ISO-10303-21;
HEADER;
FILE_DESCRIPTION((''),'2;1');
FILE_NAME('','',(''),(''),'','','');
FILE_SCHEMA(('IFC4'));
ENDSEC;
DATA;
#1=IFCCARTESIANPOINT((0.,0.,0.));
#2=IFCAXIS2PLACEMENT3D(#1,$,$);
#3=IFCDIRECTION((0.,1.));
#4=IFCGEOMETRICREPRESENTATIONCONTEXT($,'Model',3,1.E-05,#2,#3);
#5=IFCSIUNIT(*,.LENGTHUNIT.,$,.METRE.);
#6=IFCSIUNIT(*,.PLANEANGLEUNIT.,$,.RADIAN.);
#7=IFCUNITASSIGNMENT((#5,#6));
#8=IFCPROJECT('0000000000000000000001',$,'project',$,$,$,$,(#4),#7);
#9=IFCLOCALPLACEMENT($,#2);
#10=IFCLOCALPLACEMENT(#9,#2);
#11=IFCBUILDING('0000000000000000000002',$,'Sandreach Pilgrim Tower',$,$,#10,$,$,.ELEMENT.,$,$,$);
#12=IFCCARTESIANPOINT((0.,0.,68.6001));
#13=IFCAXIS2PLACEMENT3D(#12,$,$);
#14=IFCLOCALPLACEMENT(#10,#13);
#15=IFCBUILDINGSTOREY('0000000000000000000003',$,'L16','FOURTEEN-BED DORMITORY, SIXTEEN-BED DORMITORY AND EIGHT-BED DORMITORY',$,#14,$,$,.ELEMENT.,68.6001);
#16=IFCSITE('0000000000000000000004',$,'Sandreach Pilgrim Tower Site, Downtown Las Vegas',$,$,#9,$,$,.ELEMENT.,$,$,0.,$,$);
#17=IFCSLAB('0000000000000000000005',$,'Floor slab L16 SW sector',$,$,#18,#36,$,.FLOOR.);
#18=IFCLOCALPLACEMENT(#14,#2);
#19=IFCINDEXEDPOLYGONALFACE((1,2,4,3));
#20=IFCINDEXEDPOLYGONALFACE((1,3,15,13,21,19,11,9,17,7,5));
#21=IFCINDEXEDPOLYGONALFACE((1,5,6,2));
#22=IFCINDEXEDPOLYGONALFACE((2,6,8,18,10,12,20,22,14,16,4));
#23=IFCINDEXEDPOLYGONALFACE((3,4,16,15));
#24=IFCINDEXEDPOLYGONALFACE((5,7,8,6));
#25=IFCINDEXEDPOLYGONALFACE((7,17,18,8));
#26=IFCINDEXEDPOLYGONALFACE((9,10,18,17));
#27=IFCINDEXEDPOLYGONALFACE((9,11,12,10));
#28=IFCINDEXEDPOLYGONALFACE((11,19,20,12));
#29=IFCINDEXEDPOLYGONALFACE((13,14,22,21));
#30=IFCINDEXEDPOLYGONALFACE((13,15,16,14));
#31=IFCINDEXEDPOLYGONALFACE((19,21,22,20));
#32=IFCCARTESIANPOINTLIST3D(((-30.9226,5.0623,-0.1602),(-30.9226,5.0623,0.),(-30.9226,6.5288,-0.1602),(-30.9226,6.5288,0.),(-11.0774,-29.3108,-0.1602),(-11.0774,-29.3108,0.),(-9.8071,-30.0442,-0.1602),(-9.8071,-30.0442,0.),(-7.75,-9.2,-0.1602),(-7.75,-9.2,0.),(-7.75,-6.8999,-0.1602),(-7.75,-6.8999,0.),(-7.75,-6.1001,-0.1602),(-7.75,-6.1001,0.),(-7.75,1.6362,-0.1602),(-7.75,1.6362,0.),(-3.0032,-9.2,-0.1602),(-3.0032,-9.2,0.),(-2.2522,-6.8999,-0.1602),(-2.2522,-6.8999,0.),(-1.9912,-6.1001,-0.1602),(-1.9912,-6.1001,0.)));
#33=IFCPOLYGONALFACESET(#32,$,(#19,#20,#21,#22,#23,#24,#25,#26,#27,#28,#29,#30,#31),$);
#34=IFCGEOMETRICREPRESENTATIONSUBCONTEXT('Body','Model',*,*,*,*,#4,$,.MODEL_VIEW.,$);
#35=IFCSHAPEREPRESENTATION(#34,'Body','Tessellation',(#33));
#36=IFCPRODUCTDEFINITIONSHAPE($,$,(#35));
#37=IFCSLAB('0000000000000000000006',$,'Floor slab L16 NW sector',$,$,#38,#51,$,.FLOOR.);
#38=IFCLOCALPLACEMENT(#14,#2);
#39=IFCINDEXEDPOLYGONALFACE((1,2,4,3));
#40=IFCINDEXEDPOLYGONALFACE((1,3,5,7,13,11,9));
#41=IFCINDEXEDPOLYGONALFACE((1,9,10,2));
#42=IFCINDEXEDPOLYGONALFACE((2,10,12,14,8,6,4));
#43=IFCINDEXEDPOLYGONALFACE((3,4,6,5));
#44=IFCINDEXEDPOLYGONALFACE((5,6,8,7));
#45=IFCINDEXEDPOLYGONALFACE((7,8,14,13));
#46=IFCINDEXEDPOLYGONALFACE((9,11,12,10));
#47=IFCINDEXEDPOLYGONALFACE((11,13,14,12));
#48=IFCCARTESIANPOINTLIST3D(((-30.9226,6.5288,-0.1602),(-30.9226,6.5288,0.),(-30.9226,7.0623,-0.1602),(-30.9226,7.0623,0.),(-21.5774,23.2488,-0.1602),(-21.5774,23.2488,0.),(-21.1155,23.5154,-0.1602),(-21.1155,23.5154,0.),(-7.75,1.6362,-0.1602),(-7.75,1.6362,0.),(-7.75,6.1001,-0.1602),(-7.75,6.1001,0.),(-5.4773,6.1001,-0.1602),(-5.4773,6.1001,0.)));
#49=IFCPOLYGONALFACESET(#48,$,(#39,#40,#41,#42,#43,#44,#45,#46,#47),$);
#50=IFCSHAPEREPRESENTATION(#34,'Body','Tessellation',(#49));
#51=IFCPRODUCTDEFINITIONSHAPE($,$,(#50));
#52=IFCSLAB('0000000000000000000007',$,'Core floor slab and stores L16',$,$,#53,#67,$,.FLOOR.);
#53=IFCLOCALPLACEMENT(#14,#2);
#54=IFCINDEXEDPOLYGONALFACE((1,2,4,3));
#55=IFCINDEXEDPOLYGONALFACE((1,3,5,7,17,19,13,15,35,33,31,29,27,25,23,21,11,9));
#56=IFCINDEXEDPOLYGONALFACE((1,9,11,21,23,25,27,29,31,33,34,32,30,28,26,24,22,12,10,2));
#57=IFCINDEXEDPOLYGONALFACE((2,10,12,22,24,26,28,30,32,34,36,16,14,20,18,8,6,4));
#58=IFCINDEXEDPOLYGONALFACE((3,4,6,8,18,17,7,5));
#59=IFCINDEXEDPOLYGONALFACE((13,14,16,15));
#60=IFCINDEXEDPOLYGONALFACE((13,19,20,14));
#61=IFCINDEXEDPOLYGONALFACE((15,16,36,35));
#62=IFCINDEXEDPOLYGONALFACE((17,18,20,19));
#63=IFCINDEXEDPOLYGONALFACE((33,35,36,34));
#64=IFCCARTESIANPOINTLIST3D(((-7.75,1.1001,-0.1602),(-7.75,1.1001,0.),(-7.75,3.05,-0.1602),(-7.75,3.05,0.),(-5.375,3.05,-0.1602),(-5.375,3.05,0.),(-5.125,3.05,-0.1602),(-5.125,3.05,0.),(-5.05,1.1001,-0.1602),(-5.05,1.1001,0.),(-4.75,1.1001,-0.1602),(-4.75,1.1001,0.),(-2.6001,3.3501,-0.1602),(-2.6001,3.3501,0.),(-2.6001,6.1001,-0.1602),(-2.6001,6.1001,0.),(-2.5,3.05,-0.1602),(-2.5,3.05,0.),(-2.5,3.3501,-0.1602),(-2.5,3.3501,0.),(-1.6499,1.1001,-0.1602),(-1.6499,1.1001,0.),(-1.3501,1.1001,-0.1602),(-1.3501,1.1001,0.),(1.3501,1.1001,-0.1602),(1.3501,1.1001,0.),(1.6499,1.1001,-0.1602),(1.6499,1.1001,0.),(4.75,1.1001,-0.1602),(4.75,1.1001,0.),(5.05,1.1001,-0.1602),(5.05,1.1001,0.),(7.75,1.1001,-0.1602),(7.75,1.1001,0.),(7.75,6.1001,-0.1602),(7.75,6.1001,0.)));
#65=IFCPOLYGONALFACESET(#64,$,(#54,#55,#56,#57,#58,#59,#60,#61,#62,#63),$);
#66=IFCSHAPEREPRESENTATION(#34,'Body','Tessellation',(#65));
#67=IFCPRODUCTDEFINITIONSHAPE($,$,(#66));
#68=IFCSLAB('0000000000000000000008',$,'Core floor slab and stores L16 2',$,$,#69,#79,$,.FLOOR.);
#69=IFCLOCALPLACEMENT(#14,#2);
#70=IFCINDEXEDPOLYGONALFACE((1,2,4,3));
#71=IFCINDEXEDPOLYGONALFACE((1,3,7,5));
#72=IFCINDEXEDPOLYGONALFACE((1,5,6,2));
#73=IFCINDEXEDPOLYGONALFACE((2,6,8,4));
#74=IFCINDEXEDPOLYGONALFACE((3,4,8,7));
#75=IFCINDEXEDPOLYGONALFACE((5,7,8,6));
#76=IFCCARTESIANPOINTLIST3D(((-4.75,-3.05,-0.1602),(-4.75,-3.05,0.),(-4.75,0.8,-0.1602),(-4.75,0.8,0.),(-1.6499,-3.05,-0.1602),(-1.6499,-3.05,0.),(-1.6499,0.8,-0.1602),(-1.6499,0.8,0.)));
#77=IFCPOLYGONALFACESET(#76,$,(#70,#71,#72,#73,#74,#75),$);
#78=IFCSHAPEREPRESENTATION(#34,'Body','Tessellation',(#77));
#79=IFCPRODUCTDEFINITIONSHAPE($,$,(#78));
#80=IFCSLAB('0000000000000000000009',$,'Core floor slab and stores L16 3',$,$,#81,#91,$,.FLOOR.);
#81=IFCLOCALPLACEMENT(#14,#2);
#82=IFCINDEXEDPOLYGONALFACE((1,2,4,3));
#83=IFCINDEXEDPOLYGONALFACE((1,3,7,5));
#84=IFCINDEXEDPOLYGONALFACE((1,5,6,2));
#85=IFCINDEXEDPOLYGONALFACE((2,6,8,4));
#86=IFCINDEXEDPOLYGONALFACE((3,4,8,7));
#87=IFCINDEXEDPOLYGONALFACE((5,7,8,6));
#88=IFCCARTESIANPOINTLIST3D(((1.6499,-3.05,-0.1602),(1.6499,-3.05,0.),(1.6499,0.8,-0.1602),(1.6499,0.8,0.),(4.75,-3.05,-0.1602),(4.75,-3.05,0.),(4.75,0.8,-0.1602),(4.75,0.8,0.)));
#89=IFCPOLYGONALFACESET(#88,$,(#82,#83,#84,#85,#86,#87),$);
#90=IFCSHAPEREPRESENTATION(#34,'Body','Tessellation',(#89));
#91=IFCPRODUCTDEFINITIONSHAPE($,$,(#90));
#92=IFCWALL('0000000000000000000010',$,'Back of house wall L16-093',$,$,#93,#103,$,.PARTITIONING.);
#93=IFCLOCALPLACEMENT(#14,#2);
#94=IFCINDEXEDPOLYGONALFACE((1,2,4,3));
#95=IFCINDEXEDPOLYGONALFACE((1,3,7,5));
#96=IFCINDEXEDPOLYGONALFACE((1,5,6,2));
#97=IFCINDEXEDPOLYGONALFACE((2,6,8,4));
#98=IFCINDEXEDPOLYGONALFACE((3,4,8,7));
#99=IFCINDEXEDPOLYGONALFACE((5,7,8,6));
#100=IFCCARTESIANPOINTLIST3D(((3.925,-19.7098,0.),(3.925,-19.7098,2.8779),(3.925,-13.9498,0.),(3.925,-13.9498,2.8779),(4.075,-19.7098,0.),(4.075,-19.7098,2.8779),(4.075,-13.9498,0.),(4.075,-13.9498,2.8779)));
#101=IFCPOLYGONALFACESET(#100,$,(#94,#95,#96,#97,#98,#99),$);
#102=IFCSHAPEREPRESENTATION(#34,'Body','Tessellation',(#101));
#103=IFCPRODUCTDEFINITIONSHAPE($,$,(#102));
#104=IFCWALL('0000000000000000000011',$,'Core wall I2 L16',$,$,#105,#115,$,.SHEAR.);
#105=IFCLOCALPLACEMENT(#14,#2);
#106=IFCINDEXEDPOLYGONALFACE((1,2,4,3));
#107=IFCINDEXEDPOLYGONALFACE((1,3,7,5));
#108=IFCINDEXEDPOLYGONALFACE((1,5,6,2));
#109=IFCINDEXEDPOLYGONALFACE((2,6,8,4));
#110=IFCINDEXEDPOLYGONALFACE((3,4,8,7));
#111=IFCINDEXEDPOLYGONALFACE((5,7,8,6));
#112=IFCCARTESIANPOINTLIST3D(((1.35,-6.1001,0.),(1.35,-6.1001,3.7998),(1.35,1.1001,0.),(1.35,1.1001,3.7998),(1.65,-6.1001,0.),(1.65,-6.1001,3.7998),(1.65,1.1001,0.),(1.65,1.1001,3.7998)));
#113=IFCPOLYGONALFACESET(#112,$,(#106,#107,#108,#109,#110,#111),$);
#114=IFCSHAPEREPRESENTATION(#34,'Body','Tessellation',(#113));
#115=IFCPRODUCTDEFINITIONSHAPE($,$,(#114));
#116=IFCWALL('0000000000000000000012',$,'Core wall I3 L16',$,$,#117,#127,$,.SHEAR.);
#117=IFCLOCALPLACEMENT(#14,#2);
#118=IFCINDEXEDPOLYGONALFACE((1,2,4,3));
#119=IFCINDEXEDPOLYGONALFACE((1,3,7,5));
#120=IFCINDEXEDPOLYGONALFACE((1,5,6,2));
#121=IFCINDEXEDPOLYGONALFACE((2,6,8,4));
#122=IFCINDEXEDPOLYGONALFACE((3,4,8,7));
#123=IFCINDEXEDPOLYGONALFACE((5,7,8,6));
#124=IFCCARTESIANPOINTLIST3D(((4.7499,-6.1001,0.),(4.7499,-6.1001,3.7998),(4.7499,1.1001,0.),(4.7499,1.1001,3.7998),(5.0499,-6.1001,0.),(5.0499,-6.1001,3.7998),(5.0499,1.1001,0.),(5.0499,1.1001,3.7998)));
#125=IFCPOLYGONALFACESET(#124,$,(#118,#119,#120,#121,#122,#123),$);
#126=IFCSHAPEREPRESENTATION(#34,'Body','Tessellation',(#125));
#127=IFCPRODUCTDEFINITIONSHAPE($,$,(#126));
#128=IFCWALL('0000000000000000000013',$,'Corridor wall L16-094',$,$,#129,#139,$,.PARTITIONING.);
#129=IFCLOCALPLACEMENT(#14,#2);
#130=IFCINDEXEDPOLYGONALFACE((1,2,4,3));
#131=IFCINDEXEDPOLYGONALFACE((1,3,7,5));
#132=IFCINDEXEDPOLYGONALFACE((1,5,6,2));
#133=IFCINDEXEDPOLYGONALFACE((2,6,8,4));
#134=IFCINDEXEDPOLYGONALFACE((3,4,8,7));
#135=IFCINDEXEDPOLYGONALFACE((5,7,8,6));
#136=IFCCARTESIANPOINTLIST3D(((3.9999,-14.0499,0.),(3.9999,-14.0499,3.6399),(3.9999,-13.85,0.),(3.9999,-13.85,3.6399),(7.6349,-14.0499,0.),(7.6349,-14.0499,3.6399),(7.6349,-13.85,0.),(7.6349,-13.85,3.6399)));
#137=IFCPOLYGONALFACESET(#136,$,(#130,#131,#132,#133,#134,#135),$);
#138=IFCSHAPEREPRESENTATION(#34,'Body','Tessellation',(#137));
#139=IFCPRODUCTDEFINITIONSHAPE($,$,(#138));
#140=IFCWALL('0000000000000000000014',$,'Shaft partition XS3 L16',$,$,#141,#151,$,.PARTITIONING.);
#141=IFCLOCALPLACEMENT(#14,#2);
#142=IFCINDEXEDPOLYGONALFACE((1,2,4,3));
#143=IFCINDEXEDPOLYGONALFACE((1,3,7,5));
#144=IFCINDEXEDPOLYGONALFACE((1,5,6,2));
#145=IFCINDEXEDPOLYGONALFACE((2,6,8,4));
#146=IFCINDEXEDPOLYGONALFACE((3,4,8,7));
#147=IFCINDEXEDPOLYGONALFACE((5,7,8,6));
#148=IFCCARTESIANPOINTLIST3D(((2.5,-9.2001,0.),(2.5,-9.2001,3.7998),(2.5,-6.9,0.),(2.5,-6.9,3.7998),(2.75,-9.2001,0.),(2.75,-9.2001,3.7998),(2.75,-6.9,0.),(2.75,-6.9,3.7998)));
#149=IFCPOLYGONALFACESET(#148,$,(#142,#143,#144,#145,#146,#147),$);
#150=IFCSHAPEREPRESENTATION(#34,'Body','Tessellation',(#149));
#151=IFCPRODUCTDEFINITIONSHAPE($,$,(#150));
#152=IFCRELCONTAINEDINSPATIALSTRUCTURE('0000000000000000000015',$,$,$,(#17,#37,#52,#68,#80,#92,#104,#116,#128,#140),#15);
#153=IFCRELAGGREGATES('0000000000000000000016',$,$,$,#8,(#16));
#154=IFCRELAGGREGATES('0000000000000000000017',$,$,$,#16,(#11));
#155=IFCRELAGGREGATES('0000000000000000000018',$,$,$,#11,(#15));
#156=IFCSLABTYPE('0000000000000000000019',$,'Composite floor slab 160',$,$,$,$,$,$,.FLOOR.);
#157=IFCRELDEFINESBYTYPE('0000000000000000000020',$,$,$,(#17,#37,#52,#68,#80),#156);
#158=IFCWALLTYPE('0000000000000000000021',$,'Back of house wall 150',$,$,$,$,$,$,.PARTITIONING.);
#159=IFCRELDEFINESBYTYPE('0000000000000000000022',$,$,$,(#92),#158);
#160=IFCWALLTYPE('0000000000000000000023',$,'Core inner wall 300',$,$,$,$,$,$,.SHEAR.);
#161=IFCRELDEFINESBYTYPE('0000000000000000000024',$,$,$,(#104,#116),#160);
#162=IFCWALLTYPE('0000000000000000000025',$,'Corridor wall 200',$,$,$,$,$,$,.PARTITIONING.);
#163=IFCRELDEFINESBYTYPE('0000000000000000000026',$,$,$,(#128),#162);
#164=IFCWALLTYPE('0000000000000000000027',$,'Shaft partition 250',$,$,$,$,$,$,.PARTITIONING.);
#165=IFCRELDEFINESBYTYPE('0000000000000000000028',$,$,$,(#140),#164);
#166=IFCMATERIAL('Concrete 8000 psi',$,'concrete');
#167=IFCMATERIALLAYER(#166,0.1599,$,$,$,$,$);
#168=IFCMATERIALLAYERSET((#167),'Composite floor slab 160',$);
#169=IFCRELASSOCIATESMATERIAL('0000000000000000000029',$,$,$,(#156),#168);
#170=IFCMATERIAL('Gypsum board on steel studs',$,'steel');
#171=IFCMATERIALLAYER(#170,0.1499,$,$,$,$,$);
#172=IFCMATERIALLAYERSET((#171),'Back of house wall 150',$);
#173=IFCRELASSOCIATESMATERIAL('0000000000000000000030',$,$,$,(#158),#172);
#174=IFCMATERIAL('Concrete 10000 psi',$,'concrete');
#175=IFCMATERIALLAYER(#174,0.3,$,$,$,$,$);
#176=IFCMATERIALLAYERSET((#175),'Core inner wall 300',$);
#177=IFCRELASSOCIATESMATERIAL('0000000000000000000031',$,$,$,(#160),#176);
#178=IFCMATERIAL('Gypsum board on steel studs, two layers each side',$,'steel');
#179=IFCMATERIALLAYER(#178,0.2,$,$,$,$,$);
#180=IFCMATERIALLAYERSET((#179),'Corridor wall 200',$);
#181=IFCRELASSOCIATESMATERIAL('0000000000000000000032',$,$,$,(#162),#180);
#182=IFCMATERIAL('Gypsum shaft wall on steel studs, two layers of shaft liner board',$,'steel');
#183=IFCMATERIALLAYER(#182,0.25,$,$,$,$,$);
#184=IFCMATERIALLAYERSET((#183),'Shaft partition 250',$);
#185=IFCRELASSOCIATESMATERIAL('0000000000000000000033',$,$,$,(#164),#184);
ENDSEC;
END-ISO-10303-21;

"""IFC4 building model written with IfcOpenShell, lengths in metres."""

from ifc_helpers import new_model, si_unit, direction, frame, frame_2d, origin, place, context, subcontext, project, spatial, polyline, rectangle, outline, extrude, material, layer, layer_set, type_object, element, save


model = new_model("IFC4")

# Units and contexts
model_context = context("Model", 3, precision=1e-05, world=origin(), true_north=direction((0.0, 1.0)))
body_context = subcontext(model_context, "Body", "Model", "MODEL_VIEW")
ifc_project = project(units=[si_unit("LENGTHUNIT", "METRE"), si_unit("PLANEANGLEUNIT", "RADIAN")], contexts=[model_context])

# Site, building, storey
site_placement = place(None, origin())
site = spatial("IfcSite", under=ifc_project, at=site_placement, Name="Sandreach Pilgrim Tower Site, Downtown Las Vegas", CompositionType="ELEMENT", RefElevation=0.0)
building_placement = place(site_placement, origin())
building = spatial("IfcBuilding", under=site, at=building_placement, Name="Sandreach Pilgrim Tower", CompositionType="ELEMENT")
storey_placement = place(building_placement, frame((0.0, 0.0, 68.6001)))
storey = spatial("IfcBuildingStorey", under=building, at=storey_placement, Name="L16", Description="FOURTEEN-BED DORMITORY, SIXTEEN-BED DORMITORY AND EIGHT-BED DORMITORY", CompositionType="ELEMENT", Elevation=68.6001)

# Slabs
ifc_material_1 = material(Name="Concrete 8000 psi", Category="concrete")
ifc_layer_1 = layer(ifc_material_1, 0.1599)
ifc_layer_set_1 = layer_set([ifc_layer_1], Name="Composite floor slab 160")
slab_type = type_object("IfcSlabType", Name="Composite floor slab 160", PredefinedType="FLOOR", material=ifc_layer_set_1)
slab_1_placement = place(storey_placement, frame((0.0, 0.0, -0.1602)))
element("IfcSlab", 1, at=slab_1_placement, inside=storey, type_object=slab_type, Name="Floor slab L16 SW sector", PredefinedType="FLOOR", context=body_context, shape_type="SweptSolid", body=[
    extrude(outline(polyline([(-11.0774, -29.3108), (-30.9226, 5.0623), (-30.9226, 6.5288), (-7.75, 1.6362), (-7.75, -6.1001), (-1.9912, -6.1001), (-2.2522, -6.8999), (-7.75, -6.8999), (-7.75, -9.2), (-3.0032, -9.2), (-9.8071, -30.0442), (-11.0774, -29.3108)])), origin(), (0.0, 0.0, 1.0), 0.1602),
])
slab_2_placement = place(storey_placement, frame((0.0, 0.0, -0.1602)))
element("IfcSlab", 2, at=slab_2_placement, inside=storey, type_object=slab_type, Name="Floor slab L16 NW sector", PredefinedType="FLOOR", context=body_context, shape_type="SweptSolid", body=[
    extrude(outline(polyline([(-30.9226, 7.0623), (-21.5774, 23.2488), (-21.1155, 23.5154), (-5.4773, 6.1001), (-7.75, 6.1001), (-7.75, 1.6362), (-30.9226, 6.5288), (-30.9226, 7.0623)])), origin(), (0.0, 0.0, 1.0), 0.1602),
])
slab_3_placement = place(storey_placement, frame((0.0, 0.0, -0.1602)))
element("IfcSlab", 3, at=slab_3_placement, inside=storey, type_object=slab_type, Name="Core floor slab and stores L16", PredefinedType="FLOOR", context=body_context, shape_type="SweptSolid", body=[
    extrude(outline(polyline([(-7.75, 3.05), (-5.375, 3.05), (-5.125, 3.05), (-2.5, 3.05), (-2.5, 3.3501), (-2.6001, 3.3501), (-2.6001, 6.1001), (7.75, 6.1001), (7.75, 1.1001), (5.05, 1.1001), (4.75, 1.1001), (1.6499, 1.1001), (1.3501, 1.1001), (-1.3501, 1.1001), (-1.6499, 1.1001), (-4.75, 1.1001), (-5.05, 1.1001), (-7.75, 1.1001), (-7.75, 3.05)])), origin(), (0.0, 0.0, 1.0), 0.1602),
])
slab_4_placement = place(storey_placement, frame((0.0, 0.0, -0.1602)))
element("IfcSlab", 4, at=slab_4_placement, inside=storey, type_object=slab_type, Name="Core floor slab and stores L16 2", PredefinedType="FLOOR", context=body_context, shape_type="SweptSolid", body=[
    extrude(outline(polyline([(-1.6499, -3.05), (-4.75, -3.05), (-4.75, 0.8), (-1.6499, 0.8), (-1.6499, -3.05)])), origin(), (0.0, 0.0, 1.0), 0.1602),
])
slab_5_placement = place(storey_placement, frame((0.0, 0.0, -0.1602)))
element("IfcSlab", 5, at=slab_5_placement, inside=storey, type_object=slab_type, Name="Core floor slab and stores L16 3", PredefinedType="FLOOR", context=body_context, shape_type="SweptSolid", body=[
    extrude(outline(polyline([(4.75, -3.05), (1.6499, -3.05), (1.6499, 0.8), (4.75, 0.8), (4.75, -3.05)])), origin(), (0.0, 0.0, 1.0), 0.1602),
])

# Walls
ifc_material_2 = material(Name="Gypsum board on steel studs", Category="steel")
ifc_layer_2 = layer(ifc_material_2, 0.1499)
ifc_layer_set_2 = layer_set([ifc_layer_2], Name="Back of house wall 150")
wall_type_1 = type_object("IfcWallType", Name="Back of house wall 150", PredefinedType="PARTITIONING", material=ifc_layer_set_2)
wall_1_placement = place(storey_placement, frame((4.0, -13.95, 0.0), z_axis=(0.0, 0.0, 1.0), x_axis=(0.0, -1.0, 0.0)))
element("IfcWall", 6, at=wall_1_placement, inside=storey, type_object=wall_type_1, Name="Back of house wall L16-093", PredefinedType="PARTITIONING", context=body_context, shape_type="SweptSolid", body=[
    extrude(rectangle(XDim=5.76, YDim=0.1499, at=frame_2d((2.8799, 0.0))), origin(), (0.0, 0.0, 1.0), 2.8779),
])
ifc_material_3 = material(Name="Concrete 10000 psi", Category="concrete")
ifc_layer_3 = layer(ifc_material_3, 0.3)
ifc_layer_set_3 = layer_set([ifc_layer_3], Name="Core inner wall 300")
wall_type_2 = type_object("IfcWallType", Name="Core inner wall 300", PredefinedType="SHEAR", material=ifc_layer_set_3)
for number, where, z_axis, x_axis, name in (
    (7, (1.5, -6.1001, 0.0), (0.0, 0.0, 1.0), (0.0, 1.0, 0.0), "Core wall I2 L16"),
    (8, (4.8999, -6.1001, 0.0), (0.0, 0.0, 1.0), (0.0, 1.0, 0.0), "Core wall I3 L16"),
):
    element("IfcWall", number, at=place(storey_placement, frame(where, z_axis=z_axis, x_axis=x_axis)), inside=storey, type_object=wall_type_2, Name=name, PredefinedType="SHEAR", context=body_context, shape_type="SweptSolid", body=[
        extrude(rectangle(XDim=7.2002, YDim=0.3, at=frame_2d((3.6001, 0.0))), origin(), (0.0, 0.0, 1.0), 3.7998),
    ])

# Shared definitions
ifc_material_4 = material(Name="Gypsum board on steel studs, two layers each side", Category="steel")
ifc_layer_4 = layer(ifc_material_4, 0.2)
ifc_layer_set_4 = layer_set([ifc_layer_4], Name="Corridor wall 200")
wall_type_3 = type_object("IfcWallType", Name="Corridor wall 200", PredefinedType="PARTITIONING", material=ifc_layer_set_4)

# Walls
wall_2_placement = place(storey_placement, frame((4.0, -13.95, 0.0), z_axis=(0.0, 0.0, 1.0), x_axis=(1.0, 0.0, 0.0)))
element("IfcWall", 9, at=wall_2_placement, inside=storey, type_object=wall_type_3, Name="Corridor wall L16-094", PredefinedType="PARTITIONING", context=body_context, shape_type="SweptSolid", body=[
    extrude(rectangle(XDim=3.635, YDim=0.2, at=frame_2d((1.8174, 0.0))), origin(), (0.0, 0.0, 1.0), 3.6399),
])
ifc_material_5 = material(Name="Gypsum shaft wall on steel studs, two layers of shaft liner board", Category="steel")
ifc_layer_5 = layer(ifc_material_5, 0.25)
ifc_layer_set_5 = layer_set([ifc_layer_5], Name="Shaft partition 250")
wall_type_4 = type_object("IfcWallType", Name="Shaft partition 250", PredefinedType="PARTITIONING", material=ifc_layer_set_5)
wall_3_placement = place(storey_placement, frame((2.625, -9.2, 0.0), z_axis=(0.0, 0.0, 1.0), x_axis=(0.0, 1.0, 0.0)))
element("IfcWall", 10, at=wall_3_placement, inside=storey, type_object=wall_type_4, Name="Shaft partition XS3 L16", PredefinedType="PARTITIONING", context=body_context, shape_type="SweptSolid", body=[
    extrude(rectangle(XDim=2.3, YDim=0.25, at=frame_2d((1.1499, 0.0))), origin(), (0.0, 0.0, 1.0), 3.7998),
])

save(model, "model.ifc")
